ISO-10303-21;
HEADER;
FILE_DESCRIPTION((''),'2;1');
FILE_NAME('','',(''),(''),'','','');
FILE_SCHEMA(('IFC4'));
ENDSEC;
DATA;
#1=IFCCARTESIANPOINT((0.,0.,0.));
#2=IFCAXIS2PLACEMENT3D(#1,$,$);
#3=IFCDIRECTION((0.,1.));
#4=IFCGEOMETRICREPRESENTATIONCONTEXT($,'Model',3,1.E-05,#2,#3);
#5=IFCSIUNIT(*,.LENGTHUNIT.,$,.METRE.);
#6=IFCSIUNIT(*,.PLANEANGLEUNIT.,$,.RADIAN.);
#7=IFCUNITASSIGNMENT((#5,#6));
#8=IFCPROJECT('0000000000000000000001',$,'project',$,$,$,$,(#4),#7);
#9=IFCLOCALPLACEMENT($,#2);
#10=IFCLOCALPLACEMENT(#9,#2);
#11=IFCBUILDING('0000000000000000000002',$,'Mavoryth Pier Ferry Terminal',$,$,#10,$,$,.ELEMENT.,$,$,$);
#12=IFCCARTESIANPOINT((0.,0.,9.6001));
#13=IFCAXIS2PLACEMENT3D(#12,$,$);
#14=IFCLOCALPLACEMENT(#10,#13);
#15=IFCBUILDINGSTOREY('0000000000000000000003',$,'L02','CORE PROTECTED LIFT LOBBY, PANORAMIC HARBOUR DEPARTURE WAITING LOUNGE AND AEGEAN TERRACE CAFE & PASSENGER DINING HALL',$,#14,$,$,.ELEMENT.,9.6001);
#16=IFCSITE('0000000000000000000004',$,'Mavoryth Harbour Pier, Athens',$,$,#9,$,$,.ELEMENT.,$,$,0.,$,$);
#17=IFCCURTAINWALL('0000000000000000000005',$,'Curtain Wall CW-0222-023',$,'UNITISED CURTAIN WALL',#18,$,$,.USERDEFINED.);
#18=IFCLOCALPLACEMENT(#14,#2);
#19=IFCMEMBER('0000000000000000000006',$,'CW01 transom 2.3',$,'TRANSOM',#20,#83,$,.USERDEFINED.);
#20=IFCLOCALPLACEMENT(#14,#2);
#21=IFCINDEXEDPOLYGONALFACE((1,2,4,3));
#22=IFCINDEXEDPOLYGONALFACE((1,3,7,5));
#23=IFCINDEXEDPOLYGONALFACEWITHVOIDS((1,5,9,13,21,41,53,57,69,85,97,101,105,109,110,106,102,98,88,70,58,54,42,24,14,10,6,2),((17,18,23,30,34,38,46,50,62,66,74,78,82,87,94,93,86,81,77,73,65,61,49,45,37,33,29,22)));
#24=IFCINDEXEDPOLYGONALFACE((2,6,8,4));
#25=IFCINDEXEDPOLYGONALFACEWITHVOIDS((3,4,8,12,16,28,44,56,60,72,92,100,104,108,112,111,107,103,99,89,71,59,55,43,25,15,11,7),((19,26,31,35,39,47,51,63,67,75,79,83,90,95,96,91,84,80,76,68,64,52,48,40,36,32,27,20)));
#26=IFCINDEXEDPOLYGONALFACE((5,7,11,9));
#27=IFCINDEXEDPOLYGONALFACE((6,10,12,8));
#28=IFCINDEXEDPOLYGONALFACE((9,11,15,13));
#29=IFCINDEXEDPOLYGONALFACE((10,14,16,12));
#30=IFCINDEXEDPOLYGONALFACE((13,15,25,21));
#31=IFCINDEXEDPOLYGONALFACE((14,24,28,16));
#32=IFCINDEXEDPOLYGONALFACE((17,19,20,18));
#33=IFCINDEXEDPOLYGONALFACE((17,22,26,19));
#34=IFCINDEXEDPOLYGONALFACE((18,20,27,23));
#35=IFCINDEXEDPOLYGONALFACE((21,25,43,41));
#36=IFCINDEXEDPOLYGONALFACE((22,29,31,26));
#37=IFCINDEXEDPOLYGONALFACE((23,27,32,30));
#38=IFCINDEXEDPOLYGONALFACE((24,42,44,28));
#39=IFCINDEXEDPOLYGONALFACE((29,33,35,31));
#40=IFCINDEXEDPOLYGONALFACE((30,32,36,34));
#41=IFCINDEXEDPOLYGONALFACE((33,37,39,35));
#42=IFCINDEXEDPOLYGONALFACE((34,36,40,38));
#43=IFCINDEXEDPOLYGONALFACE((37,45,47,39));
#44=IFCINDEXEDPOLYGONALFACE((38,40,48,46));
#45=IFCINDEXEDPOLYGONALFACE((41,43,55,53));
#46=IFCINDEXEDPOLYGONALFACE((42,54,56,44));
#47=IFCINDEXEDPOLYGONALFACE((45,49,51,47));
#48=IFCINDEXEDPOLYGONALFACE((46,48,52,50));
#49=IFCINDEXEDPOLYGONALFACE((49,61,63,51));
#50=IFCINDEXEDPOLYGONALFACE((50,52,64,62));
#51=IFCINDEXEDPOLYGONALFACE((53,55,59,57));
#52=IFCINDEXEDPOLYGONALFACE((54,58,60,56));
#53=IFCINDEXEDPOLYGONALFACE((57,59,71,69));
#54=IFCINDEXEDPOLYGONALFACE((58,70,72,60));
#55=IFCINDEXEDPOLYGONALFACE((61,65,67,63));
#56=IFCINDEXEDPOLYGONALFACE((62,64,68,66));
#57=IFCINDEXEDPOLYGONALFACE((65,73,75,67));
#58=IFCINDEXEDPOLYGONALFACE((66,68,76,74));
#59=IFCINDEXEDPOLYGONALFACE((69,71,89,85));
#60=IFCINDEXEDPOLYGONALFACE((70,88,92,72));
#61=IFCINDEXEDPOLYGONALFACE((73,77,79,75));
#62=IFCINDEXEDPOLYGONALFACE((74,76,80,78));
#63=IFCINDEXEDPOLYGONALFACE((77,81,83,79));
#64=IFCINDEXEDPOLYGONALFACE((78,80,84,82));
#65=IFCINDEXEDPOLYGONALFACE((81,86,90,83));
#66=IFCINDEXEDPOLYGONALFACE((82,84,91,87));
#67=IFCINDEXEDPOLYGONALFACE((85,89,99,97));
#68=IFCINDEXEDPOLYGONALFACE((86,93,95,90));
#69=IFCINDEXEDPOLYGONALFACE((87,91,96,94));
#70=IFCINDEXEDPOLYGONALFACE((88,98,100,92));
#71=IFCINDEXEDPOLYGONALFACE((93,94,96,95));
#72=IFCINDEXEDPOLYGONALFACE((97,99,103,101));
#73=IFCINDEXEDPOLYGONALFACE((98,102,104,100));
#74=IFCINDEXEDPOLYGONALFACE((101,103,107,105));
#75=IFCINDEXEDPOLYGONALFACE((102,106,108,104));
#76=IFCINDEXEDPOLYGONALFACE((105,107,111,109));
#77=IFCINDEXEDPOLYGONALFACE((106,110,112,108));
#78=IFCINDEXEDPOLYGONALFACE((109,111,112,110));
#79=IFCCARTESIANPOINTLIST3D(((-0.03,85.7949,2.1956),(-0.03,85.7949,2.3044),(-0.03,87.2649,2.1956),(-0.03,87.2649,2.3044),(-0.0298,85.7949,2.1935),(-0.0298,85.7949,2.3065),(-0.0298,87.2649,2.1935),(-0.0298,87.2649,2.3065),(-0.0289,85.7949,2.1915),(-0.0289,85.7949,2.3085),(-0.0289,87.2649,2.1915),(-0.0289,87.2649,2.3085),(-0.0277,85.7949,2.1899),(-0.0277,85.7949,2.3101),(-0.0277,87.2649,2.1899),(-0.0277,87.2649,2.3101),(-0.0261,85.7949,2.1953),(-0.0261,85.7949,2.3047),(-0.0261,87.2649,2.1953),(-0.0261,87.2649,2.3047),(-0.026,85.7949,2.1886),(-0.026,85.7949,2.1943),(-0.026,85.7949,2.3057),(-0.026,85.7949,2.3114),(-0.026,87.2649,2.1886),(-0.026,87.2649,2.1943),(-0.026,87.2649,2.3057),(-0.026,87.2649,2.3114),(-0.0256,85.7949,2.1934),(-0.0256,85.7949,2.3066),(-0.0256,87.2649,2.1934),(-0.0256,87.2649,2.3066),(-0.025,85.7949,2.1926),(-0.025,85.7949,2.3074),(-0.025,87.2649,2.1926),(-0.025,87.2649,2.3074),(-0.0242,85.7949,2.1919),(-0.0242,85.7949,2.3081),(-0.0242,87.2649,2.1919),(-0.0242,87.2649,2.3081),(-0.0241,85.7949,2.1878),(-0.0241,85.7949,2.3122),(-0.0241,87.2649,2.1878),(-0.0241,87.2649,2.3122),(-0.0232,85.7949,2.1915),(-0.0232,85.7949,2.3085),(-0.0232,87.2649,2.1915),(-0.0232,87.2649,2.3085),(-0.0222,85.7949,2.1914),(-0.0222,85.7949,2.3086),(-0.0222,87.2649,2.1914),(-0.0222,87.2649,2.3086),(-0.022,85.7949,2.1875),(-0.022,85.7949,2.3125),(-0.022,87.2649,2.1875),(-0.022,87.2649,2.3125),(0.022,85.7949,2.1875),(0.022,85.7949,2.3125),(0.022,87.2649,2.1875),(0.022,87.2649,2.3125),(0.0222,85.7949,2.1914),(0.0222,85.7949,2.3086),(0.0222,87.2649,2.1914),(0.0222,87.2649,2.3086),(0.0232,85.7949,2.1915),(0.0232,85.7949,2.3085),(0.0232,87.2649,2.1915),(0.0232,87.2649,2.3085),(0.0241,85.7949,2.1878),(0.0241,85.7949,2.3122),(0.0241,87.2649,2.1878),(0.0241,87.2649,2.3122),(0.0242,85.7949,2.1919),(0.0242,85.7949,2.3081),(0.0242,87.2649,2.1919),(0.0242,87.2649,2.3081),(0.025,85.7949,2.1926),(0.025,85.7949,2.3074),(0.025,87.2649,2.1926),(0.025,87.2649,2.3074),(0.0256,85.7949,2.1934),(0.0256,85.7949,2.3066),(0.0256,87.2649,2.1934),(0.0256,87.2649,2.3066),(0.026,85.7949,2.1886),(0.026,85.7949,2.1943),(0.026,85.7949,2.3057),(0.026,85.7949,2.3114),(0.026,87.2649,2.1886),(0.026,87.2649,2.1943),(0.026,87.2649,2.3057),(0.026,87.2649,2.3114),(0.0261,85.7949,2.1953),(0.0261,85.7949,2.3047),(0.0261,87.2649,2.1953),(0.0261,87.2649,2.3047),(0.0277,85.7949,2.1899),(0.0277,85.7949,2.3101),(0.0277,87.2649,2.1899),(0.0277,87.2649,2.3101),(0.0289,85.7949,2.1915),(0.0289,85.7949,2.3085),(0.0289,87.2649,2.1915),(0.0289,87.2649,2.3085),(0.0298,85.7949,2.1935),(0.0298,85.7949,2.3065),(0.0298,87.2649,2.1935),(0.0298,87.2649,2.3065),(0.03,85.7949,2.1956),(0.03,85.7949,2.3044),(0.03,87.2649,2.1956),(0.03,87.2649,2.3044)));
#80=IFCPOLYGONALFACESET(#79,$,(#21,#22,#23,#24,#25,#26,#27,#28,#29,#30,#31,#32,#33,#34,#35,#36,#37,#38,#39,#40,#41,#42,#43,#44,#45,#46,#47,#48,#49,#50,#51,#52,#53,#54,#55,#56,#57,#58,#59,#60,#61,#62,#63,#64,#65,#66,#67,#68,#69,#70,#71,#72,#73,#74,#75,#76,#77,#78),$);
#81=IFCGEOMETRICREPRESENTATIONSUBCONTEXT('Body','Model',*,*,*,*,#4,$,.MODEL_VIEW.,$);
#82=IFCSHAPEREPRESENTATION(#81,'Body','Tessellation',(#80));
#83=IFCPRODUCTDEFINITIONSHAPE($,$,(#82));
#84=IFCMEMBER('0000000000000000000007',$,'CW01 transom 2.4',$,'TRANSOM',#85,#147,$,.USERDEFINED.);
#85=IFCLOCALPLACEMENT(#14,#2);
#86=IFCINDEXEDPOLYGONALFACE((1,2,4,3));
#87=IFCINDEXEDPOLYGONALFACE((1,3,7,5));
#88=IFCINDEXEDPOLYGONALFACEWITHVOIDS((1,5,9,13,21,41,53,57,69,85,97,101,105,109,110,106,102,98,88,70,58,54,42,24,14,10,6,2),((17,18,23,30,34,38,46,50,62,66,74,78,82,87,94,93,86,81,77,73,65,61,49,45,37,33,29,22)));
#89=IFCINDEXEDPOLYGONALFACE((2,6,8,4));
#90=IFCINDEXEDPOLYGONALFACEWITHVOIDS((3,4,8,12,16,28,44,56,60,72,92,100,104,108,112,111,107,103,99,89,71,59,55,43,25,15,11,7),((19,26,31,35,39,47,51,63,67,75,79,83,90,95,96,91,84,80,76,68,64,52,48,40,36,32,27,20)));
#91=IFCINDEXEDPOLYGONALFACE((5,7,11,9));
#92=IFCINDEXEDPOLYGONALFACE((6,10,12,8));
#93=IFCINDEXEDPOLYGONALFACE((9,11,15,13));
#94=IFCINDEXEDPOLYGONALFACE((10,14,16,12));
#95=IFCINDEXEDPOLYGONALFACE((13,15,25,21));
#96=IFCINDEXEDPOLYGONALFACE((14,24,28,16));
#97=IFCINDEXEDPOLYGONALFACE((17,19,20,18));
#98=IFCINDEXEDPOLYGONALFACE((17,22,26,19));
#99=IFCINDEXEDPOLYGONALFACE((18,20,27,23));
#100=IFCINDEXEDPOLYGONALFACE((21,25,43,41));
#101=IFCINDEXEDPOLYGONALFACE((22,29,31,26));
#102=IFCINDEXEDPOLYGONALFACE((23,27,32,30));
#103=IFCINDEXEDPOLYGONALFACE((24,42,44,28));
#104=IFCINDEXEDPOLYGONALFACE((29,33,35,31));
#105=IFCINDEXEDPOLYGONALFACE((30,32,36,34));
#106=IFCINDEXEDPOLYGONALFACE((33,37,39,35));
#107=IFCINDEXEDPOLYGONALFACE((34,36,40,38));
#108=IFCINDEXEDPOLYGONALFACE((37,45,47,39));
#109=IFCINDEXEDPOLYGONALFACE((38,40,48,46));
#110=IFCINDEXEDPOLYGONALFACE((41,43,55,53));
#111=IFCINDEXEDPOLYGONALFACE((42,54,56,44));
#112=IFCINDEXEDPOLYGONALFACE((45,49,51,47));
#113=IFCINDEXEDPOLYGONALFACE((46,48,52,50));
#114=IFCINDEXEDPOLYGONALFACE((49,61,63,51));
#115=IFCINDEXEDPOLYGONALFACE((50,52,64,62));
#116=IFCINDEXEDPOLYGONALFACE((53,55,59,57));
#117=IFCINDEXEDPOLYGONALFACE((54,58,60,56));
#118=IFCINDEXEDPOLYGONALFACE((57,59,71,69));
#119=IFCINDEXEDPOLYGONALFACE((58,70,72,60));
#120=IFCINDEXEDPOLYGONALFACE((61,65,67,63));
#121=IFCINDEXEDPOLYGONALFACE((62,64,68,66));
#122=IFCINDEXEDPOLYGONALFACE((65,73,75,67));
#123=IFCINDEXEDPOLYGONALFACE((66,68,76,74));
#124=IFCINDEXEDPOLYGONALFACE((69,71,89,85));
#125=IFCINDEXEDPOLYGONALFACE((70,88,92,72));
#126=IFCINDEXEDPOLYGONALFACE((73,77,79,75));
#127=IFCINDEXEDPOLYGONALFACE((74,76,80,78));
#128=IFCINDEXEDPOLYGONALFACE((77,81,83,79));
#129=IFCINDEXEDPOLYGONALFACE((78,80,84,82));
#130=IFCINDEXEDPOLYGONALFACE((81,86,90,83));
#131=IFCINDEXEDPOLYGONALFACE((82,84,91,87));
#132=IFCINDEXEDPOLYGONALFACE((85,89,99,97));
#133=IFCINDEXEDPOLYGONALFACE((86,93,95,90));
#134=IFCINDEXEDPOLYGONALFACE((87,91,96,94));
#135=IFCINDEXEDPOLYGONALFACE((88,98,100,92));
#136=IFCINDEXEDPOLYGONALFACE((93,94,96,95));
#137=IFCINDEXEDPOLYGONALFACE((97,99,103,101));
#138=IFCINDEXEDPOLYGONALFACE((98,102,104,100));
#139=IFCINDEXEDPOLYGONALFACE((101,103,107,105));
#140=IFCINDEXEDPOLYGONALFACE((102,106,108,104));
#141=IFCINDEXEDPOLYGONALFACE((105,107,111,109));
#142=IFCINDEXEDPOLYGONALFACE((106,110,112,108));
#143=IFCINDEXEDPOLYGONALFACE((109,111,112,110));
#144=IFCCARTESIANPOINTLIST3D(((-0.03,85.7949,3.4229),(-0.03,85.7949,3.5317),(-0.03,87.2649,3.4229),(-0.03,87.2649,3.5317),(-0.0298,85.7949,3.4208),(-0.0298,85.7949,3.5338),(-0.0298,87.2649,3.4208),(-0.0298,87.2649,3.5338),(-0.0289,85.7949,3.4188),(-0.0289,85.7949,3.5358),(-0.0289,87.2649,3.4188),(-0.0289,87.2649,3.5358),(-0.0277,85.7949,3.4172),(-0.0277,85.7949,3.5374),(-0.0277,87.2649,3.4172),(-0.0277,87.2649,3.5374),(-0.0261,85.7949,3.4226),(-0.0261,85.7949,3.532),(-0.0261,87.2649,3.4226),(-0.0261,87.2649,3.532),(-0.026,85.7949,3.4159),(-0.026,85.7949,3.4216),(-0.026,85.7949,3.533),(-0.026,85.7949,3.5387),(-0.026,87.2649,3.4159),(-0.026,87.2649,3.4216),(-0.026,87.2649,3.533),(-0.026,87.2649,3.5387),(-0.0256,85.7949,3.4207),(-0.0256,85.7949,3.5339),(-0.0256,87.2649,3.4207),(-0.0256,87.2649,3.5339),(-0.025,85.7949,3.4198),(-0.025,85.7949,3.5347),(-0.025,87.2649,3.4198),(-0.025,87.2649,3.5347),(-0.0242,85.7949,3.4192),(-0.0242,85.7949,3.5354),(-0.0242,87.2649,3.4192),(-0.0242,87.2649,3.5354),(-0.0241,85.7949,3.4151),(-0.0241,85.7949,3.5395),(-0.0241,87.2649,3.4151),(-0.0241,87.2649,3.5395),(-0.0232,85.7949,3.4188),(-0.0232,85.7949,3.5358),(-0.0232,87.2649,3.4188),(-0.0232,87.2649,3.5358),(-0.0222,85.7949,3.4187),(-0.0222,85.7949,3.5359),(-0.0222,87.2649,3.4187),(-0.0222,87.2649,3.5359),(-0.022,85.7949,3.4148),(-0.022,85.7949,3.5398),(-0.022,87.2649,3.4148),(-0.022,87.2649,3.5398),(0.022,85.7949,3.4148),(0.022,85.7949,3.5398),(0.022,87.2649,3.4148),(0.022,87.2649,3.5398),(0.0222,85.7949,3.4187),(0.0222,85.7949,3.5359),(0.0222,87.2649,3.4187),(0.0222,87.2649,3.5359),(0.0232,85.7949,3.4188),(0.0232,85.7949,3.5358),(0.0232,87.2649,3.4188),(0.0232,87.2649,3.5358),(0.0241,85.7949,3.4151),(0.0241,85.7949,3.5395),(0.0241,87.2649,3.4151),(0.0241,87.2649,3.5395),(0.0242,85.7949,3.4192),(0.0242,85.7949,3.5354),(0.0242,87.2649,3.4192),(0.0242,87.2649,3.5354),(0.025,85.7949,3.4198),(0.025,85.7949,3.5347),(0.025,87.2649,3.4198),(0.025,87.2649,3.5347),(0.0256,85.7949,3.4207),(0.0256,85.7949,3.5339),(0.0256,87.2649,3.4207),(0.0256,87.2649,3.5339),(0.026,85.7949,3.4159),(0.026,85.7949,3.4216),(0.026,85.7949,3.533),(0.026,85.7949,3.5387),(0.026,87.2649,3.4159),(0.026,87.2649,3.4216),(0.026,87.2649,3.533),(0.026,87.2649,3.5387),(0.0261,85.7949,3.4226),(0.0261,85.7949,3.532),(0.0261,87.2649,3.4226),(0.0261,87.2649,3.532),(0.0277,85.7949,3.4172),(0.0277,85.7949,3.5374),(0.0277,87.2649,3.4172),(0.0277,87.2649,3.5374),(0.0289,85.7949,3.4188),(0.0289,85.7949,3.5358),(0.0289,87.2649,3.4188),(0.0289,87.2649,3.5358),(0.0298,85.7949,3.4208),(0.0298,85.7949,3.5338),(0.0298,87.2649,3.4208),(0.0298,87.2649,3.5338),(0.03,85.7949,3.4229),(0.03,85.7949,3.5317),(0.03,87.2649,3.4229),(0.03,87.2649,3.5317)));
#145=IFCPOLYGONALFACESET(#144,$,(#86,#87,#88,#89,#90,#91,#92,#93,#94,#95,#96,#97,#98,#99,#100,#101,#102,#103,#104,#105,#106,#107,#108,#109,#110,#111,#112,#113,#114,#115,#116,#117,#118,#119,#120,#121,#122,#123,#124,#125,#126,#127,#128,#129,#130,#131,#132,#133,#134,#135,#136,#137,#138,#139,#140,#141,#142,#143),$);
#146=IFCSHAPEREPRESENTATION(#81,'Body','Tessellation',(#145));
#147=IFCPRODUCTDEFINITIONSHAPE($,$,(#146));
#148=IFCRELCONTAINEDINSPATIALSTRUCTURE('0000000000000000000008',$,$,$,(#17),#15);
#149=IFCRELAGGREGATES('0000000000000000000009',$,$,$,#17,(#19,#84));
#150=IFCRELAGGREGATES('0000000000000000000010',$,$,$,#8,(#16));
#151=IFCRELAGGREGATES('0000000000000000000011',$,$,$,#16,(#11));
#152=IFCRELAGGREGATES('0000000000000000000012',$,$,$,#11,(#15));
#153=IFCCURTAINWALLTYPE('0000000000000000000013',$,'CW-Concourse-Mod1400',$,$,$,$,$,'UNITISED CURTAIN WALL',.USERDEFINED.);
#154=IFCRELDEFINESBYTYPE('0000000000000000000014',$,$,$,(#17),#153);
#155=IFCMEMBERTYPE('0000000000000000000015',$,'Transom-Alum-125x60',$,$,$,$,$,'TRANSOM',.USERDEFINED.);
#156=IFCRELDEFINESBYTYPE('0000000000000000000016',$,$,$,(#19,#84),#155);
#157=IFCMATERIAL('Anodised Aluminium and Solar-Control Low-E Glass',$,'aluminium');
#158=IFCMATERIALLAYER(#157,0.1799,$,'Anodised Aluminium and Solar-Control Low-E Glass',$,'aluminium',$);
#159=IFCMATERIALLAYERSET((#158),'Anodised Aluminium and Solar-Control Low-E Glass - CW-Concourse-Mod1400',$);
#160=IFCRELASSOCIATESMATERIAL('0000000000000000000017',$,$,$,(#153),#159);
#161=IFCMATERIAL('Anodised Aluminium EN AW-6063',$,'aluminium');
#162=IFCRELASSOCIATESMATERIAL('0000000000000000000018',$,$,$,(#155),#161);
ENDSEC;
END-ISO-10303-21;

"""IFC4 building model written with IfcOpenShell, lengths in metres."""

from ifc_helpers import new_model, si_unit, direction, frame, origin, origin_2d, place, context, subcontext, project, spatial, hollow_rectangle, extrude, material, layer, layer_set, material_profile, profile_set, type_object, element, aggregate, save


model = new_model("IFC4")

# Units and contexts
model_context = context("Model", 3, precision=1e-05, world=origin(), true_north=direction((0.0, 1.0)))
body_context = subcontext(model_context, "Body", "Model", "MODEL_VIEW")
ifc_project = project(units=[si_unit("LENGTHUNIT", "METRE"), si_unit("PLANEANGLEUNIT", "RADIAN")], contexts=[model_context])

# Site, building, storey
site_placement = place(None, origin())
site = spatial("IfcSite", under=ifc_project, at=site_placement, Name="Mavoryth Harbour Pier, Athens", CompositionType="ELEMENT", RefElevation=0.0)
building_placement = place(site_placement, origin())
building = spatial("IfcBuilding", under=site, at=building_placement, Name="Mavoryth Pier Ferry Terminal", CompositionType="ELEMENT")
storey_placement = place(building_placement, frame((0.0, 0.0, 9.6001)))
storey = spatial("IfcBuildingStorey", under=building, at=storey_placement, Name="L02", Description="CORE PROTECTED LIFT LOBBY, PANORAMIC HARBOUR DEPARTURE WAITING LOUNGE AND AEGEAN TERRACE CAFE & PASSENGER DINING HALL", CompositionType="ELEMENT", Elevation=9.6001)

# Curtain wall
ifc_material_1 = material(Name="Anodised Aluminium and Solar-Control Low-E Glass", Category="aluminium")
ifc_layer_1 = layer(ifc_material_1, 0.1799, Name="Anodised Aluminium and Solar-Control Low-E Glass", Category="aluminium")
ifc_layer_set_1 = layer_set([ifc_layer_1], Name="Anodised Aluminium and Solar-Control Low-E Glass - CW-Concourse-Mod1400")
curtain_wall_type = type_object("IfcCurtainWallType", Name="CW-Concourse-Mod1400", ElementType="UNITISED CURTAIN WALL", PredefinedType="USERDEFINED", material=ifc_layer_set_1)
curtain_wall_placement = place(storey_placement, origin())
curtain_wall = element("IfcCurtainWall", 1, at=curtain_wall_placement, inside=storey, type_object=curtain_wall_type, Name="Curtain Wall CW-0222-023", ObjectType="UNITISED CURTAIN WALL", PredefinedType="USERDEFINED")
ifc_material_2 = material(Name="Anodised Aluminium EN AW-6063", Category="aluminium")

# Members
ifc_material_profile_1 = material_profile(ifc_material_2, hollow_rectangle(XDim=0.0601, YDim=0.125, WallThickness=0.0039, InnerFilletRadius=0.0039, OuterFilletRadius=0.0081, at=origin_2d()), Name="AL-TRAN 125x60x4", Category="aluminium")
ifc_profile_set_1 = profile_set([ifc_material_profile_1], Name="Anodised Aluminium EN AW-6063 - AL-TRAN 125x60x4")
member_type_1 = type_object("IfcMemberType", Name="Transom-Alum-125x60", ElementType="TRANSOM", PredefinedType="USERDEFINED", material=ifc_profile_set_1)
member_1_placement = place(storey_placement, frame((0.0, 87.2649, 2.25), z_axis=(0.0, -1.0, 0.0), x_axis=(1.0, 0.0, 0.0)))
member_1 = element("IfcMember", 2, at=member_1_placement, type_object=member_type_1, Name="CW01 transom 2.3", ObjectType="TRANSOM", PredefinedType="USERDEFINED", context=body_context, shape_type="SweptSolid", body=[
    extrude(hollow_rectangle(XDim=0.0601, YDim=0.125, WallThickness=0.0039, InnerFilletRadius=0.0039, OuterFilletRadius=0.0081, at=origin_2d()), origin(), (0.0, 0.0, 1.0), 1.47),
])
member_2_placement = place(storey_placement, frame((0.0, 87.2649, 3.4773), z_axis=(0.0, -1.0, 0.0), x_axis=(1.0, 0.0, 0.0)))
member_2 = element("IfcMember", 3, at=member_2_placement, type_object=member_type_1, Name="CW01 transom 2.4", ObjectType="TRANSOM", PredefinedType="USERDEFINED", context=body_context, shape_type="SweptSolid", body=[
    extrude(hollow_rectangle(XDim=0.0601, YDim=0.125, WallThickness=0.0039, InnerFilletRadius=0.0039, OuterFilletRadius=0.0081, at=origin_2d()), origin(), (0.0, 0.0, 1.0), 1.47),
])

aggregate(curtain_wall, [member_1, member_2])

save(model, "model.ifc")
